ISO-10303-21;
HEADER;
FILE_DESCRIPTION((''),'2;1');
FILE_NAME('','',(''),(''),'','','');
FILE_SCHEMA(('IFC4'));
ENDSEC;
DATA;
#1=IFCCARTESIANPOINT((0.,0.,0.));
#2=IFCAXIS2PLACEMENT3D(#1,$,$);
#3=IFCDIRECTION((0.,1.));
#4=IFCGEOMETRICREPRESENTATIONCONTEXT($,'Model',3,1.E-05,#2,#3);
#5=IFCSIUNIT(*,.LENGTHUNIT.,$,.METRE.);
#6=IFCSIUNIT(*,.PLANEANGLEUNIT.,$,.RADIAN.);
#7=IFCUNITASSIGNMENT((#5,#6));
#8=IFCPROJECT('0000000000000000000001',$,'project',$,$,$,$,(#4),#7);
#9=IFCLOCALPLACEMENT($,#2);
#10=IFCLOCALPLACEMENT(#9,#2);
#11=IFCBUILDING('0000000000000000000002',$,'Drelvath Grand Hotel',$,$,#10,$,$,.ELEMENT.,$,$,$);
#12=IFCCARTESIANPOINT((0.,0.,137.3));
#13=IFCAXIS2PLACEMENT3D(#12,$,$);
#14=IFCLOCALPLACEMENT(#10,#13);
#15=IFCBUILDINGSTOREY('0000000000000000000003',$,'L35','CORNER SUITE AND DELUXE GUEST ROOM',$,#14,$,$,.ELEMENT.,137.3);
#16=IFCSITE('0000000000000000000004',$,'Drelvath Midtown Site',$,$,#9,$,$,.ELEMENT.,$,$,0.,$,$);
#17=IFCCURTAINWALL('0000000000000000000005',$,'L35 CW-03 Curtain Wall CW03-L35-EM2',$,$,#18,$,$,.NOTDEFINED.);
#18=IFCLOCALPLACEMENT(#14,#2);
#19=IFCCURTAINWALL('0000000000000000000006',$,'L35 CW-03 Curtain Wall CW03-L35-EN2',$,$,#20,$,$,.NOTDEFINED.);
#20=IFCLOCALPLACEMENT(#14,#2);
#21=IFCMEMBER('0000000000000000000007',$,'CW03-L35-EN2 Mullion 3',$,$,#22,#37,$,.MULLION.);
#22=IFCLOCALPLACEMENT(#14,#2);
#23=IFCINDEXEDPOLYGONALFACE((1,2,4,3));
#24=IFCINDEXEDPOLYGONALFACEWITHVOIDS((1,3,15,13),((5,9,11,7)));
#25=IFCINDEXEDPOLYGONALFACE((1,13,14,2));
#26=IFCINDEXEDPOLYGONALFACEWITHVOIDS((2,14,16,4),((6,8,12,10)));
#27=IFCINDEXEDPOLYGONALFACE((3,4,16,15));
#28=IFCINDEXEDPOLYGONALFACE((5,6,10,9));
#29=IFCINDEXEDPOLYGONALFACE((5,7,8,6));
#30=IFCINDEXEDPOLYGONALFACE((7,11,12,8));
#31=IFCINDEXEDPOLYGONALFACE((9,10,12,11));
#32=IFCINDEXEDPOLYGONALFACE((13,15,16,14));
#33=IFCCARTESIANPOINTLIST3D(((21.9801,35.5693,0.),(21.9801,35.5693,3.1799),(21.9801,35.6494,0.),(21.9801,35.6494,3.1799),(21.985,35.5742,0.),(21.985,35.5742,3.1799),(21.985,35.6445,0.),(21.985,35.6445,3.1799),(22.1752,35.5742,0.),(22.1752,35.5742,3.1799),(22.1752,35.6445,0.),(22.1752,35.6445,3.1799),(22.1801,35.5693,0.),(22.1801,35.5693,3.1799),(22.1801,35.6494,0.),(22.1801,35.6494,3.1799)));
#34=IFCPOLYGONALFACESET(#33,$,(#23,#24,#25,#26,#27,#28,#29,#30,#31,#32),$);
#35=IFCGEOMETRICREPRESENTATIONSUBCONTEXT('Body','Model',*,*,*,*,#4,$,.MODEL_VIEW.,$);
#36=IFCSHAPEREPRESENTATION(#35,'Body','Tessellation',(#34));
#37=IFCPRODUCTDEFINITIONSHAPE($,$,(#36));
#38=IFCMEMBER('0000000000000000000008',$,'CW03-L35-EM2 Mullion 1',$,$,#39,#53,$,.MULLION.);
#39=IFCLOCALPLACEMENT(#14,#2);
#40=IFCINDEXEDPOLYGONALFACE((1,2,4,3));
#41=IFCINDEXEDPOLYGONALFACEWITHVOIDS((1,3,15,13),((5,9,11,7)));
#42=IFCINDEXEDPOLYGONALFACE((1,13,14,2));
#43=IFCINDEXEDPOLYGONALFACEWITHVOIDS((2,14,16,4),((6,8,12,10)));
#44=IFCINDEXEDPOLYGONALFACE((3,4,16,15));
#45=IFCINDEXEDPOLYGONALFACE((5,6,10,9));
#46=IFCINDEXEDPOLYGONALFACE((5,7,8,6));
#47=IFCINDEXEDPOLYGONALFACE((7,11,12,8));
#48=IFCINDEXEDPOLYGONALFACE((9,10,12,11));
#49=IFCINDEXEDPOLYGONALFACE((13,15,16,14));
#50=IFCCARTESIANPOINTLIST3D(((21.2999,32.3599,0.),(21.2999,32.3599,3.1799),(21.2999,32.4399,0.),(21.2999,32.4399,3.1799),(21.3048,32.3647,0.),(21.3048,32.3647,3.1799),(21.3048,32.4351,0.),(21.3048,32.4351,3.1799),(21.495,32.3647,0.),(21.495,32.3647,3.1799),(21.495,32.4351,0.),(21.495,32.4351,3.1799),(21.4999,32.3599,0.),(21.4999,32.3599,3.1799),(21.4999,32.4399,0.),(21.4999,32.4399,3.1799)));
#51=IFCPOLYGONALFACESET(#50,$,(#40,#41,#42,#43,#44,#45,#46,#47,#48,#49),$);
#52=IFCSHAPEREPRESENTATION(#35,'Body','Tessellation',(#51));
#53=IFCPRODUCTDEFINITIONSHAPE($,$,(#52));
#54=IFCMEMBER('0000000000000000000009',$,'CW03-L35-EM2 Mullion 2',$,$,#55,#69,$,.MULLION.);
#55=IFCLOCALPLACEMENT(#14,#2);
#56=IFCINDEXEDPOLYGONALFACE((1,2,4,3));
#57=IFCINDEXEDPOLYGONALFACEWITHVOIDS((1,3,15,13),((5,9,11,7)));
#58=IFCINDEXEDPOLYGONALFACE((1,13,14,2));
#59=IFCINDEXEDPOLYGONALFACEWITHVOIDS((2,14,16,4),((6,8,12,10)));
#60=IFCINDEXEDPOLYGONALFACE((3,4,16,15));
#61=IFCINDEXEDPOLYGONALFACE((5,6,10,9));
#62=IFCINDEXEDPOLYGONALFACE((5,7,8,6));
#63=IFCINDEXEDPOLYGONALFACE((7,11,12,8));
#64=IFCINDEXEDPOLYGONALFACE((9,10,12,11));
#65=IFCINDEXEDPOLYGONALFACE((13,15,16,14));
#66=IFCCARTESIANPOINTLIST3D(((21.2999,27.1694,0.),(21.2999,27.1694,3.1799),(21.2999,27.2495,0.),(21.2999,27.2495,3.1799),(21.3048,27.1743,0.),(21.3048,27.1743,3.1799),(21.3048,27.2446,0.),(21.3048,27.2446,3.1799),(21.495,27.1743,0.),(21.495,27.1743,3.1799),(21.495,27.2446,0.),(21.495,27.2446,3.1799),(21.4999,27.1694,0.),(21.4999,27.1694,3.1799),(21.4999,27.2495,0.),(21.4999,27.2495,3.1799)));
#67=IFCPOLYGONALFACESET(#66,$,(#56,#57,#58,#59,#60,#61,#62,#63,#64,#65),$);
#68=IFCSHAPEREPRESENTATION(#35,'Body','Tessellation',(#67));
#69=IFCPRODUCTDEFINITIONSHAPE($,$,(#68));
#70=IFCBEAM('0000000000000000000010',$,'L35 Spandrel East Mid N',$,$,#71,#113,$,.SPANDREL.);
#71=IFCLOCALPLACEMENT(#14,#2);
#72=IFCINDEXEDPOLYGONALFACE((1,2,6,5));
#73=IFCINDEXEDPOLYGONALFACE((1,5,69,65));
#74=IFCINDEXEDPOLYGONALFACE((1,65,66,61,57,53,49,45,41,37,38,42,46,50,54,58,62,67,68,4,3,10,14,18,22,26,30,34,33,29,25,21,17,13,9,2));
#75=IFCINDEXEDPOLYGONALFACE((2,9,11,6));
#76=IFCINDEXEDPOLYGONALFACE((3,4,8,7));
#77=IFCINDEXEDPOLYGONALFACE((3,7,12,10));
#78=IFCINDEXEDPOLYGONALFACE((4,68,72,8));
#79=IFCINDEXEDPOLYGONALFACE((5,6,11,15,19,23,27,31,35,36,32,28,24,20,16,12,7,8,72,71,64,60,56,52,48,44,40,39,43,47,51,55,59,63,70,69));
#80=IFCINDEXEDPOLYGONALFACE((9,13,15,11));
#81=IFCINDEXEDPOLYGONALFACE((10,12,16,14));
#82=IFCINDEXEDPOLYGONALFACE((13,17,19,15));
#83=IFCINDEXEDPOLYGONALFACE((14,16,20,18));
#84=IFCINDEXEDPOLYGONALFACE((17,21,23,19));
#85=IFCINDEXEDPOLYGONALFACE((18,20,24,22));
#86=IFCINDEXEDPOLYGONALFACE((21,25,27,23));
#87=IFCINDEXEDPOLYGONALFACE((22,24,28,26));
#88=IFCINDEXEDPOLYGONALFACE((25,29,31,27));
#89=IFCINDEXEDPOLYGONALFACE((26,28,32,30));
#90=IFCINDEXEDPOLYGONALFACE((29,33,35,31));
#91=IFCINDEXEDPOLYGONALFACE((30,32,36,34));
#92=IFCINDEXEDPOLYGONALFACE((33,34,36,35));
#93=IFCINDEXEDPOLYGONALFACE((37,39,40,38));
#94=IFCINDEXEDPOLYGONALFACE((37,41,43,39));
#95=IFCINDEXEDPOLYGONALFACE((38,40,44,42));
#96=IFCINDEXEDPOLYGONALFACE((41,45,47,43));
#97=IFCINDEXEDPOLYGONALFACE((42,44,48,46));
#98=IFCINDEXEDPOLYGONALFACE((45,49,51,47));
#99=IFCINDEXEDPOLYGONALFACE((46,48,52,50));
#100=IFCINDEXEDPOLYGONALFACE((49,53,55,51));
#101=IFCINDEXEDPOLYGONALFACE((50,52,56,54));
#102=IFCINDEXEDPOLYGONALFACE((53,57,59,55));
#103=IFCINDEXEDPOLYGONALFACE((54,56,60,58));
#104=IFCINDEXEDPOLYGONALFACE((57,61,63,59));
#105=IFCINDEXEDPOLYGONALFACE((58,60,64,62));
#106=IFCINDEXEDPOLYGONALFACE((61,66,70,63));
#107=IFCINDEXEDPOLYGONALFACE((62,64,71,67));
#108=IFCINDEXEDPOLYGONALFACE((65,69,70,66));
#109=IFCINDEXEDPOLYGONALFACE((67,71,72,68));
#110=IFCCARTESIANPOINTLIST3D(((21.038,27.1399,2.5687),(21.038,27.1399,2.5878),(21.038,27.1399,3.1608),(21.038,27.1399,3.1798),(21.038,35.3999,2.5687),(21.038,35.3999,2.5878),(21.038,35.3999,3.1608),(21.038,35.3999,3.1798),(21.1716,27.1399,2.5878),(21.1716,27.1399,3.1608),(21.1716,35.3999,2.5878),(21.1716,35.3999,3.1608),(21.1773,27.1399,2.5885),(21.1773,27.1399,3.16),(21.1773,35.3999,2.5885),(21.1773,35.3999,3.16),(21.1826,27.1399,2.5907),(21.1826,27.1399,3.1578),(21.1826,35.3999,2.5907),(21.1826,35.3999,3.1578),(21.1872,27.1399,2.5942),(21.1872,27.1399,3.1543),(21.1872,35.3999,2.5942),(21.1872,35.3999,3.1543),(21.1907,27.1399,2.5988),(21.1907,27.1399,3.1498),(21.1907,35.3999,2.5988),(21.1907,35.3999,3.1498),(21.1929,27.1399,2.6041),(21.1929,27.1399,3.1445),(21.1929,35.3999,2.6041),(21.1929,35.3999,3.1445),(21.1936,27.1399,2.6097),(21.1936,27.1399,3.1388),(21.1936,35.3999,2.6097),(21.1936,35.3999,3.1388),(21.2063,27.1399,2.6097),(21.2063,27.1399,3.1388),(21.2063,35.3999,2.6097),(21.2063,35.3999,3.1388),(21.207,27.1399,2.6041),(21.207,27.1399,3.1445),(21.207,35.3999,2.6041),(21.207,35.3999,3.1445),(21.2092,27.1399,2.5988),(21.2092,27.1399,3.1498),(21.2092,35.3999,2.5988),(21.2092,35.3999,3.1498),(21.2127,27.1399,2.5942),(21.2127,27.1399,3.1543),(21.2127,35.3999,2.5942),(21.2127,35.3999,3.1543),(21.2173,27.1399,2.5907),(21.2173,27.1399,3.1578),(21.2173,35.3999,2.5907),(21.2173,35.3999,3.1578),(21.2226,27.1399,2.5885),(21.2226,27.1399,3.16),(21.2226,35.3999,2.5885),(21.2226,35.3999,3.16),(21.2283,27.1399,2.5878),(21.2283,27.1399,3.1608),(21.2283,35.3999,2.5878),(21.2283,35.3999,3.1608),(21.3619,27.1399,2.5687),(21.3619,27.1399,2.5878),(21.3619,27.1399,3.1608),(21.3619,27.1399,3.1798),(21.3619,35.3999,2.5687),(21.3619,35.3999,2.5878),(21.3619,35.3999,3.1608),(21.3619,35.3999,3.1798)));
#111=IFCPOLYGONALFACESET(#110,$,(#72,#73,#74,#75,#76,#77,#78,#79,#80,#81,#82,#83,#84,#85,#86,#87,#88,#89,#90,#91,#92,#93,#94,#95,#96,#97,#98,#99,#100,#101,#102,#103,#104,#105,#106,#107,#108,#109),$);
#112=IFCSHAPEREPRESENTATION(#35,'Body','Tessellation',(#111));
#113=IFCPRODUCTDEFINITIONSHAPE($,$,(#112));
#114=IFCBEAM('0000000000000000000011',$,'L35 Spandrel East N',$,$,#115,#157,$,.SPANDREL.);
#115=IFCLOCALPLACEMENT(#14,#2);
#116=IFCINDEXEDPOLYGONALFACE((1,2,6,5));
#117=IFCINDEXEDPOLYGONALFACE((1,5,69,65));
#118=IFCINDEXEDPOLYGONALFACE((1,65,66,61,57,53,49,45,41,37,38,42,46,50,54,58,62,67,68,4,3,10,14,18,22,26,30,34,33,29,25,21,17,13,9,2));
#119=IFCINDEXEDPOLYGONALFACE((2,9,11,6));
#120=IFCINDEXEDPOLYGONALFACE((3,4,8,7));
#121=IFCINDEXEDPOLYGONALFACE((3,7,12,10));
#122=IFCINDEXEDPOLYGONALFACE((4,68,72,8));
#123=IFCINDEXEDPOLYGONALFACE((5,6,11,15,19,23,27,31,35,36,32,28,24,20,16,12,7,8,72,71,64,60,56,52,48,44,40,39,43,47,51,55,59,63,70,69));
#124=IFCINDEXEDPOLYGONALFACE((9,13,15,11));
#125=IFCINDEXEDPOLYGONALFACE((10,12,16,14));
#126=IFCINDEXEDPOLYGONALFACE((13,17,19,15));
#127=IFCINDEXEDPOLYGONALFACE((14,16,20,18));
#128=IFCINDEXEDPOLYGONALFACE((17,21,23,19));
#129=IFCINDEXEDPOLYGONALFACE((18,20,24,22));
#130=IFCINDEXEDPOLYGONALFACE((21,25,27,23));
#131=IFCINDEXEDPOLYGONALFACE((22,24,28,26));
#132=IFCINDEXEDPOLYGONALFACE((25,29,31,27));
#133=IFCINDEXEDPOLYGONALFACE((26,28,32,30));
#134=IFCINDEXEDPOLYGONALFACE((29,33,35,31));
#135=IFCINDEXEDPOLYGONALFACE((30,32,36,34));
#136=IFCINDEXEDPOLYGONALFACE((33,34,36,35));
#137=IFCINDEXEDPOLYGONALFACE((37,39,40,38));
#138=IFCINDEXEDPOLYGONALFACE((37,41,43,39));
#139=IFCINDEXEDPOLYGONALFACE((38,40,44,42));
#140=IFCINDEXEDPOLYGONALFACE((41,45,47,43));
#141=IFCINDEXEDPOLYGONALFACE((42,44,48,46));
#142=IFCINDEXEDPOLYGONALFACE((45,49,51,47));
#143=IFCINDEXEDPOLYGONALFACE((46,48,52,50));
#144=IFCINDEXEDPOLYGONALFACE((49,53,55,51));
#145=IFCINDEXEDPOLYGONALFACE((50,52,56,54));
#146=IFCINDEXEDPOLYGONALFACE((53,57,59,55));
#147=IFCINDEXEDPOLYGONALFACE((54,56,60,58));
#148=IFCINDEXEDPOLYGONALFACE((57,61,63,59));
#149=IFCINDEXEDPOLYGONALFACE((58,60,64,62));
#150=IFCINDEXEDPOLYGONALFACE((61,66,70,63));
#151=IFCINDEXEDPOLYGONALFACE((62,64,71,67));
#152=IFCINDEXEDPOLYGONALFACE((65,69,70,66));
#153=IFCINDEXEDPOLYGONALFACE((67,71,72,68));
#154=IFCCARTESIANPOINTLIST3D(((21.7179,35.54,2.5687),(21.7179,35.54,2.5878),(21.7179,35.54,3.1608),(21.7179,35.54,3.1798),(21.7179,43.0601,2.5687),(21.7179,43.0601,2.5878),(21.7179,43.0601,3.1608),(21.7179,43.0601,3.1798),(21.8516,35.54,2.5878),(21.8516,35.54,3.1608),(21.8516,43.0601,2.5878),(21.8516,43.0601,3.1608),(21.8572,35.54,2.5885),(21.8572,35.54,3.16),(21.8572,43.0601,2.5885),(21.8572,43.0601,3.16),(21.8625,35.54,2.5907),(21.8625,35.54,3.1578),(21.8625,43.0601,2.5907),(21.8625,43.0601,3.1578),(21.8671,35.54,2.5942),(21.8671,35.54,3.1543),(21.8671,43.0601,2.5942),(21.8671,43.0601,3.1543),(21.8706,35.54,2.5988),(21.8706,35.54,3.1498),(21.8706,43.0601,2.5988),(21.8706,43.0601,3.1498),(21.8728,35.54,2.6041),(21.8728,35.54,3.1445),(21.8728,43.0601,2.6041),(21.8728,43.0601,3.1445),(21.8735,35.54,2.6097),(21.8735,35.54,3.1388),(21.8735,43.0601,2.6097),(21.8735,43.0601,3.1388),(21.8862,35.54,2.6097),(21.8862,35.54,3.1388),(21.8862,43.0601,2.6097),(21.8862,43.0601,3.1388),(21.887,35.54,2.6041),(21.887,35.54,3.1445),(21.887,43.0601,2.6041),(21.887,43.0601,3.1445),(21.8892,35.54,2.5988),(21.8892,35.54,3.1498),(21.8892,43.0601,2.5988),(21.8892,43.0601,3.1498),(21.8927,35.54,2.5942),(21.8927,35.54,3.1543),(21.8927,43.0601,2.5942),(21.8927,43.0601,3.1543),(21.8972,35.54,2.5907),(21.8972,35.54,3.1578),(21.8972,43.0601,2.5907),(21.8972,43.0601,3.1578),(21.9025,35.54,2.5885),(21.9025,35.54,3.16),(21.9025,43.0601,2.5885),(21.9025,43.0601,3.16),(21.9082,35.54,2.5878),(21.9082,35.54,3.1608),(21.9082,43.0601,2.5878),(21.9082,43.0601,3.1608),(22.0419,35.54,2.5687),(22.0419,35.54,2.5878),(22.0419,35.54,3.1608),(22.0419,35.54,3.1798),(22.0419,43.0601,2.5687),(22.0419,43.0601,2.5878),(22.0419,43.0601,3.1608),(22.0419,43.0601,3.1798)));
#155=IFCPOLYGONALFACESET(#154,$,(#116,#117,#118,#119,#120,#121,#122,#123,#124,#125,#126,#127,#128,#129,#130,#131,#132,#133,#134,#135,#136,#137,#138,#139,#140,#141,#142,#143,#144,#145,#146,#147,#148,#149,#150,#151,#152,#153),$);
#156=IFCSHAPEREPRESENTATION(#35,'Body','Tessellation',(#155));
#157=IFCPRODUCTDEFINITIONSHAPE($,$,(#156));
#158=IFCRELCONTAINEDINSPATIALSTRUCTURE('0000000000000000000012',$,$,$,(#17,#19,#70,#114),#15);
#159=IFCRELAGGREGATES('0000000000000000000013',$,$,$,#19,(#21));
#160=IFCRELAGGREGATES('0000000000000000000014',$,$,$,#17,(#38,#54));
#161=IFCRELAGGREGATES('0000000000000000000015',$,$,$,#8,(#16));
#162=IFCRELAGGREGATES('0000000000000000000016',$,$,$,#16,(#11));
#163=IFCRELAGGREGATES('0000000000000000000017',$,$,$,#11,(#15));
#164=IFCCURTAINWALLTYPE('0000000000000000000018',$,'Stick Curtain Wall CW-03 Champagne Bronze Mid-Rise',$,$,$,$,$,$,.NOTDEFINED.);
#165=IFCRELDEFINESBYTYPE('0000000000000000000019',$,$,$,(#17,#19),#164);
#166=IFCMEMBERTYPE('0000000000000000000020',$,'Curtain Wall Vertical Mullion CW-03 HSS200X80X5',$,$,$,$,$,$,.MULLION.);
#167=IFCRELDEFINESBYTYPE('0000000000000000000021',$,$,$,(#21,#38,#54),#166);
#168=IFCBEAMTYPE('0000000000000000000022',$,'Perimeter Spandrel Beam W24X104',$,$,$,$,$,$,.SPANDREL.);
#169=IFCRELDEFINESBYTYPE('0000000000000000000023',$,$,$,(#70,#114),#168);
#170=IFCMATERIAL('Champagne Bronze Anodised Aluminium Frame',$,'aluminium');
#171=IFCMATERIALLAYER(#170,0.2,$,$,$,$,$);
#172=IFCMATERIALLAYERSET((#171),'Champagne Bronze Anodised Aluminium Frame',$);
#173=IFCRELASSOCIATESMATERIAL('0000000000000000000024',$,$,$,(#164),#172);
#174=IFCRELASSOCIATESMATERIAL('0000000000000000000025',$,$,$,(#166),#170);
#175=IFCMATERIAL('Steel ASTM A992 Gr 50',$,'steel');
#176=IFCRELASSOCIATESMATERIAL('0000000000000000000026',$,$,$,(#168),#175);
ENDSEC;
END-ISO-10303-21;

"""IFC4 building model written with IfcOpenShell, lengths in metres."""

from ifc_helpers import new_model, si_unit, direction, frame, origin, origin_2d, place, context, subcontext, project, spatial, hollow_rectangle, i_section, extrude, material, layer, layer_set, material_profile, profile_set, type_object, element, aggregate, save


model = new_model("IFC4")

# Units and contexts
model_context = context("Model", 3, precision=1e-05, world=origin(), true_north=direction((0.0, 1.0)))
body_context = subcontext(model_context, "Body", "Model", "MODEL_VIEW")
ifc_project = project(units=[si_unit("LENGTHUNIT", "METRE"), si_unit("PLANEANGLEUNIT", "RADIAN")], contexts=[model_context])

# Site, building, storey
site_placement = place(None, origin())
site = spatial("IfcSite", under=ifc_project, at=site_placement, Name="Drelvath Midtown Site", CompositionType="ELEMENT", RefElevation=0.0)
building_placement = place(site_placement, origin())
building = spatial("IfcBuilding", under=site, at=building_placement, Name="Drelvath Grand Hotel", CompositionType="ELEMENT")
storey_placement = place(building_placement, frame((0.0, 0.0, 137.3)))
storey = spatial("IfcBuildingStorey", under=building, at=storey_placement, Name="L35", Description="CORNER SUITE AND DELUXE GUEST ROOM", CompositionType="ELEMENT", Elevation=137.3)

# Curtain wall
ifc_material_1 = material(Name="Champagne Bronze Anodised Aluminium Frame", Category="aluminium")
ifc_layer_1 = layer(ifc_material_1, 0.2)
ifc_layer_set_1 = layer_set([ifc_layer_1], Name="Champagne Bronze Anodised Aluminium Frame")
curtain_wall_type = type_object("IfcCurtainWallType", Name="Stick Curtain Wall CW-03 Champagne Bronze Mid-Rise", PredefinedType="NOTDEFINED", material=ifc_layer_set_1)
curtain_wall_1_placement = place(storey_placement, origin())
curtain_wall_1 = element("IfcCurtainWall", 1, at=curtain_wall_1_placement, inside=storey, type_object=curtain_wall_type, Name="L35 CW-03 Curtain Wall CW03-L35-EM2", PredefinedType="NOTDEFINED")

# Shared definitions
ifc_material_profile_1 = material_profile(ifc_material_1, hollow_rectangle(XDim=0.0801, YDim=0.2, WallThickness=0.0049, at=origin_2d()), Name="HSS200X80X5")
ifc_profile_set_1 = profile_set([ifc_material_profile_1], Name="Champagne Bronze Anodised Aluminium Frame")
member_type_1 = type_object("IfcMemberType", Name="Curtain Wall Vertical Mullion CW-03 HSS200X80X5", PredefinedType="MULLION", material=ifc_profile_set_1)

# Curtain wall, member
curtain_wall_2_placement = place(storey_placement, origin())
curtain_wall_2 = element("IfcCurtainWall", 2, at=curtain_wall_2_placement, inside=storey, type_object=curtain_wall_type, Name="L35 CW-03 Curtain Wall CW03-L35-EN2", PredefinedType="NOTDEFINED")
member_1_placement = place(storey_placement, frame((22.0801, 35.6094, 0.0), z_axis=(0.0, 0.0, 1.0), x_axis=(0.0, 1.0, 0.0)))
member_1 = element("IfcMember", 3, at=member_1_placement, type_object=member_type_1, Name="CW03-L35-EN2 Mullion 3", PredefinedType="MULLION", context=body_context, shape_type="SweptSolid", body=[
    extrude(hollow_rectangle(XDim=0.0801, YDim=0.2, WallThickness=0.0049, at=origin_2d()), origin(), (0.0, 0.0, 1.0), 3.1799),
])

# Members
member_2_placement = place(storey_placement, frame((21.3999, 32.3999, 0.0), z_axis=(0.0, 0.0, 1.0), x_axis=(0.0, 1.0, 0.0)))
member_2 = element("IfcMember", 4, at=member_2_placement, type_object=member_type_1, Name="CW03-L35-EM2 Mullion 1", PredefinedType="MULLION", context=body_context, shape_type="SweptSolid", body=[
    extrude(hollow_rectangle(XDim=0.0801, YDim=0.2, WallThickness=0.0049, at=origin_2d()), origin(), (0.0, 0.0, 1.0), 3.1799),
])
member_3_placement = place(storey_placement, frame((21.3999, 27.2095, 0.0), z_axis=(0.0, 0.0, 1.0), x_axis=(0.0, 1.0, 0.0)))
member_3 = element("IfcMember", 5, at=member_3_placement, type_object=member_type_1, Name="CW03-L35-EM2 Mullion 2", PredefinedType="MULLION", context=body_context, shape_type="SweptSolid", body=[
    extrude(hollow_rectangle(XDim=0.0801, YDim=0.2, WallThickness=0.0049, at=origin_2d()), origin(), (0.0, 0.0, 1.0), 3.1799),
])

# Beams
ifc_material_2 = material(Name="Steel ASTM A992 Gr 50", Category="steel")
ifc_material_profile_2 = material_profile(ifc_material_2, i_section(OverallWidth=0.324, OverallDepth=0.6111, WebThickness=0.0127, FlangeThickness=0.019, FilletRadius=0.022, at=origin_2d()), Name="W24X104")
ifc_profile_set_2 = profile_set([ifc_material_profile_2], Name="Steel ASTM A992 Gr 50")
beam_type_1 = type_object("IfcBeamType", Name="Perimeter Spandrel Beam W24X104", PredefinedType="SPANDREL", material=ifc_profile_set_2)
beam_1_placement = place(storey_placement, frame((21.2, 27.1399, 2.8743), z_axis=(0.0, 1.0, 0.0), x_axis=(-1.0, 0.0, 0.0)))
element("IfcBeam", 6, at=beam_1_placement, inside=storey, type_object=beam_type_1, Name="L35 Spandrel East Mid N", PredefinedType="SPANDREL", context=body_context, shape_type="SweptSolid", body=[
    extrude(i_section(OverallWidth=0.324, OverallDepth=0.6111, WebThickness=0.0127, FlangeThickness=0.019, FilletRadius=0.022, at=origin_2d()), origin(), (0.0, 0.0, 1.0), 8.26),
])
beam_2_placement = place(storey_placement, frame((21.8799, 35.54, 2.8743), z_axis=(0.0, 1.0, 0.0), x_axis=(-1.0, 0.0, 0.0)))
element("IfcBeam", 7, at=beam_2_placement, inside=storey, type_object=beam_type_1, Name="L35 Spandrel East N", PredefinedType="SPANDREL", context=body_context, shape_type="SweptSolid", body=[
    extrude(i_section(OverallWidth=0.324, OverallDepth=0.6111, WebThickness=0.0127, FlangeThickness=0.019, FilletRadius=0.022, at=origin_2d()), origin(), (0.0, 0.0, 1.0), 7.52),
])

aggregate(curtain_wall_2, [member_1])
aggregate(curtain_wall_1, [member_2, member_3])

save(model, "model.ifc")
